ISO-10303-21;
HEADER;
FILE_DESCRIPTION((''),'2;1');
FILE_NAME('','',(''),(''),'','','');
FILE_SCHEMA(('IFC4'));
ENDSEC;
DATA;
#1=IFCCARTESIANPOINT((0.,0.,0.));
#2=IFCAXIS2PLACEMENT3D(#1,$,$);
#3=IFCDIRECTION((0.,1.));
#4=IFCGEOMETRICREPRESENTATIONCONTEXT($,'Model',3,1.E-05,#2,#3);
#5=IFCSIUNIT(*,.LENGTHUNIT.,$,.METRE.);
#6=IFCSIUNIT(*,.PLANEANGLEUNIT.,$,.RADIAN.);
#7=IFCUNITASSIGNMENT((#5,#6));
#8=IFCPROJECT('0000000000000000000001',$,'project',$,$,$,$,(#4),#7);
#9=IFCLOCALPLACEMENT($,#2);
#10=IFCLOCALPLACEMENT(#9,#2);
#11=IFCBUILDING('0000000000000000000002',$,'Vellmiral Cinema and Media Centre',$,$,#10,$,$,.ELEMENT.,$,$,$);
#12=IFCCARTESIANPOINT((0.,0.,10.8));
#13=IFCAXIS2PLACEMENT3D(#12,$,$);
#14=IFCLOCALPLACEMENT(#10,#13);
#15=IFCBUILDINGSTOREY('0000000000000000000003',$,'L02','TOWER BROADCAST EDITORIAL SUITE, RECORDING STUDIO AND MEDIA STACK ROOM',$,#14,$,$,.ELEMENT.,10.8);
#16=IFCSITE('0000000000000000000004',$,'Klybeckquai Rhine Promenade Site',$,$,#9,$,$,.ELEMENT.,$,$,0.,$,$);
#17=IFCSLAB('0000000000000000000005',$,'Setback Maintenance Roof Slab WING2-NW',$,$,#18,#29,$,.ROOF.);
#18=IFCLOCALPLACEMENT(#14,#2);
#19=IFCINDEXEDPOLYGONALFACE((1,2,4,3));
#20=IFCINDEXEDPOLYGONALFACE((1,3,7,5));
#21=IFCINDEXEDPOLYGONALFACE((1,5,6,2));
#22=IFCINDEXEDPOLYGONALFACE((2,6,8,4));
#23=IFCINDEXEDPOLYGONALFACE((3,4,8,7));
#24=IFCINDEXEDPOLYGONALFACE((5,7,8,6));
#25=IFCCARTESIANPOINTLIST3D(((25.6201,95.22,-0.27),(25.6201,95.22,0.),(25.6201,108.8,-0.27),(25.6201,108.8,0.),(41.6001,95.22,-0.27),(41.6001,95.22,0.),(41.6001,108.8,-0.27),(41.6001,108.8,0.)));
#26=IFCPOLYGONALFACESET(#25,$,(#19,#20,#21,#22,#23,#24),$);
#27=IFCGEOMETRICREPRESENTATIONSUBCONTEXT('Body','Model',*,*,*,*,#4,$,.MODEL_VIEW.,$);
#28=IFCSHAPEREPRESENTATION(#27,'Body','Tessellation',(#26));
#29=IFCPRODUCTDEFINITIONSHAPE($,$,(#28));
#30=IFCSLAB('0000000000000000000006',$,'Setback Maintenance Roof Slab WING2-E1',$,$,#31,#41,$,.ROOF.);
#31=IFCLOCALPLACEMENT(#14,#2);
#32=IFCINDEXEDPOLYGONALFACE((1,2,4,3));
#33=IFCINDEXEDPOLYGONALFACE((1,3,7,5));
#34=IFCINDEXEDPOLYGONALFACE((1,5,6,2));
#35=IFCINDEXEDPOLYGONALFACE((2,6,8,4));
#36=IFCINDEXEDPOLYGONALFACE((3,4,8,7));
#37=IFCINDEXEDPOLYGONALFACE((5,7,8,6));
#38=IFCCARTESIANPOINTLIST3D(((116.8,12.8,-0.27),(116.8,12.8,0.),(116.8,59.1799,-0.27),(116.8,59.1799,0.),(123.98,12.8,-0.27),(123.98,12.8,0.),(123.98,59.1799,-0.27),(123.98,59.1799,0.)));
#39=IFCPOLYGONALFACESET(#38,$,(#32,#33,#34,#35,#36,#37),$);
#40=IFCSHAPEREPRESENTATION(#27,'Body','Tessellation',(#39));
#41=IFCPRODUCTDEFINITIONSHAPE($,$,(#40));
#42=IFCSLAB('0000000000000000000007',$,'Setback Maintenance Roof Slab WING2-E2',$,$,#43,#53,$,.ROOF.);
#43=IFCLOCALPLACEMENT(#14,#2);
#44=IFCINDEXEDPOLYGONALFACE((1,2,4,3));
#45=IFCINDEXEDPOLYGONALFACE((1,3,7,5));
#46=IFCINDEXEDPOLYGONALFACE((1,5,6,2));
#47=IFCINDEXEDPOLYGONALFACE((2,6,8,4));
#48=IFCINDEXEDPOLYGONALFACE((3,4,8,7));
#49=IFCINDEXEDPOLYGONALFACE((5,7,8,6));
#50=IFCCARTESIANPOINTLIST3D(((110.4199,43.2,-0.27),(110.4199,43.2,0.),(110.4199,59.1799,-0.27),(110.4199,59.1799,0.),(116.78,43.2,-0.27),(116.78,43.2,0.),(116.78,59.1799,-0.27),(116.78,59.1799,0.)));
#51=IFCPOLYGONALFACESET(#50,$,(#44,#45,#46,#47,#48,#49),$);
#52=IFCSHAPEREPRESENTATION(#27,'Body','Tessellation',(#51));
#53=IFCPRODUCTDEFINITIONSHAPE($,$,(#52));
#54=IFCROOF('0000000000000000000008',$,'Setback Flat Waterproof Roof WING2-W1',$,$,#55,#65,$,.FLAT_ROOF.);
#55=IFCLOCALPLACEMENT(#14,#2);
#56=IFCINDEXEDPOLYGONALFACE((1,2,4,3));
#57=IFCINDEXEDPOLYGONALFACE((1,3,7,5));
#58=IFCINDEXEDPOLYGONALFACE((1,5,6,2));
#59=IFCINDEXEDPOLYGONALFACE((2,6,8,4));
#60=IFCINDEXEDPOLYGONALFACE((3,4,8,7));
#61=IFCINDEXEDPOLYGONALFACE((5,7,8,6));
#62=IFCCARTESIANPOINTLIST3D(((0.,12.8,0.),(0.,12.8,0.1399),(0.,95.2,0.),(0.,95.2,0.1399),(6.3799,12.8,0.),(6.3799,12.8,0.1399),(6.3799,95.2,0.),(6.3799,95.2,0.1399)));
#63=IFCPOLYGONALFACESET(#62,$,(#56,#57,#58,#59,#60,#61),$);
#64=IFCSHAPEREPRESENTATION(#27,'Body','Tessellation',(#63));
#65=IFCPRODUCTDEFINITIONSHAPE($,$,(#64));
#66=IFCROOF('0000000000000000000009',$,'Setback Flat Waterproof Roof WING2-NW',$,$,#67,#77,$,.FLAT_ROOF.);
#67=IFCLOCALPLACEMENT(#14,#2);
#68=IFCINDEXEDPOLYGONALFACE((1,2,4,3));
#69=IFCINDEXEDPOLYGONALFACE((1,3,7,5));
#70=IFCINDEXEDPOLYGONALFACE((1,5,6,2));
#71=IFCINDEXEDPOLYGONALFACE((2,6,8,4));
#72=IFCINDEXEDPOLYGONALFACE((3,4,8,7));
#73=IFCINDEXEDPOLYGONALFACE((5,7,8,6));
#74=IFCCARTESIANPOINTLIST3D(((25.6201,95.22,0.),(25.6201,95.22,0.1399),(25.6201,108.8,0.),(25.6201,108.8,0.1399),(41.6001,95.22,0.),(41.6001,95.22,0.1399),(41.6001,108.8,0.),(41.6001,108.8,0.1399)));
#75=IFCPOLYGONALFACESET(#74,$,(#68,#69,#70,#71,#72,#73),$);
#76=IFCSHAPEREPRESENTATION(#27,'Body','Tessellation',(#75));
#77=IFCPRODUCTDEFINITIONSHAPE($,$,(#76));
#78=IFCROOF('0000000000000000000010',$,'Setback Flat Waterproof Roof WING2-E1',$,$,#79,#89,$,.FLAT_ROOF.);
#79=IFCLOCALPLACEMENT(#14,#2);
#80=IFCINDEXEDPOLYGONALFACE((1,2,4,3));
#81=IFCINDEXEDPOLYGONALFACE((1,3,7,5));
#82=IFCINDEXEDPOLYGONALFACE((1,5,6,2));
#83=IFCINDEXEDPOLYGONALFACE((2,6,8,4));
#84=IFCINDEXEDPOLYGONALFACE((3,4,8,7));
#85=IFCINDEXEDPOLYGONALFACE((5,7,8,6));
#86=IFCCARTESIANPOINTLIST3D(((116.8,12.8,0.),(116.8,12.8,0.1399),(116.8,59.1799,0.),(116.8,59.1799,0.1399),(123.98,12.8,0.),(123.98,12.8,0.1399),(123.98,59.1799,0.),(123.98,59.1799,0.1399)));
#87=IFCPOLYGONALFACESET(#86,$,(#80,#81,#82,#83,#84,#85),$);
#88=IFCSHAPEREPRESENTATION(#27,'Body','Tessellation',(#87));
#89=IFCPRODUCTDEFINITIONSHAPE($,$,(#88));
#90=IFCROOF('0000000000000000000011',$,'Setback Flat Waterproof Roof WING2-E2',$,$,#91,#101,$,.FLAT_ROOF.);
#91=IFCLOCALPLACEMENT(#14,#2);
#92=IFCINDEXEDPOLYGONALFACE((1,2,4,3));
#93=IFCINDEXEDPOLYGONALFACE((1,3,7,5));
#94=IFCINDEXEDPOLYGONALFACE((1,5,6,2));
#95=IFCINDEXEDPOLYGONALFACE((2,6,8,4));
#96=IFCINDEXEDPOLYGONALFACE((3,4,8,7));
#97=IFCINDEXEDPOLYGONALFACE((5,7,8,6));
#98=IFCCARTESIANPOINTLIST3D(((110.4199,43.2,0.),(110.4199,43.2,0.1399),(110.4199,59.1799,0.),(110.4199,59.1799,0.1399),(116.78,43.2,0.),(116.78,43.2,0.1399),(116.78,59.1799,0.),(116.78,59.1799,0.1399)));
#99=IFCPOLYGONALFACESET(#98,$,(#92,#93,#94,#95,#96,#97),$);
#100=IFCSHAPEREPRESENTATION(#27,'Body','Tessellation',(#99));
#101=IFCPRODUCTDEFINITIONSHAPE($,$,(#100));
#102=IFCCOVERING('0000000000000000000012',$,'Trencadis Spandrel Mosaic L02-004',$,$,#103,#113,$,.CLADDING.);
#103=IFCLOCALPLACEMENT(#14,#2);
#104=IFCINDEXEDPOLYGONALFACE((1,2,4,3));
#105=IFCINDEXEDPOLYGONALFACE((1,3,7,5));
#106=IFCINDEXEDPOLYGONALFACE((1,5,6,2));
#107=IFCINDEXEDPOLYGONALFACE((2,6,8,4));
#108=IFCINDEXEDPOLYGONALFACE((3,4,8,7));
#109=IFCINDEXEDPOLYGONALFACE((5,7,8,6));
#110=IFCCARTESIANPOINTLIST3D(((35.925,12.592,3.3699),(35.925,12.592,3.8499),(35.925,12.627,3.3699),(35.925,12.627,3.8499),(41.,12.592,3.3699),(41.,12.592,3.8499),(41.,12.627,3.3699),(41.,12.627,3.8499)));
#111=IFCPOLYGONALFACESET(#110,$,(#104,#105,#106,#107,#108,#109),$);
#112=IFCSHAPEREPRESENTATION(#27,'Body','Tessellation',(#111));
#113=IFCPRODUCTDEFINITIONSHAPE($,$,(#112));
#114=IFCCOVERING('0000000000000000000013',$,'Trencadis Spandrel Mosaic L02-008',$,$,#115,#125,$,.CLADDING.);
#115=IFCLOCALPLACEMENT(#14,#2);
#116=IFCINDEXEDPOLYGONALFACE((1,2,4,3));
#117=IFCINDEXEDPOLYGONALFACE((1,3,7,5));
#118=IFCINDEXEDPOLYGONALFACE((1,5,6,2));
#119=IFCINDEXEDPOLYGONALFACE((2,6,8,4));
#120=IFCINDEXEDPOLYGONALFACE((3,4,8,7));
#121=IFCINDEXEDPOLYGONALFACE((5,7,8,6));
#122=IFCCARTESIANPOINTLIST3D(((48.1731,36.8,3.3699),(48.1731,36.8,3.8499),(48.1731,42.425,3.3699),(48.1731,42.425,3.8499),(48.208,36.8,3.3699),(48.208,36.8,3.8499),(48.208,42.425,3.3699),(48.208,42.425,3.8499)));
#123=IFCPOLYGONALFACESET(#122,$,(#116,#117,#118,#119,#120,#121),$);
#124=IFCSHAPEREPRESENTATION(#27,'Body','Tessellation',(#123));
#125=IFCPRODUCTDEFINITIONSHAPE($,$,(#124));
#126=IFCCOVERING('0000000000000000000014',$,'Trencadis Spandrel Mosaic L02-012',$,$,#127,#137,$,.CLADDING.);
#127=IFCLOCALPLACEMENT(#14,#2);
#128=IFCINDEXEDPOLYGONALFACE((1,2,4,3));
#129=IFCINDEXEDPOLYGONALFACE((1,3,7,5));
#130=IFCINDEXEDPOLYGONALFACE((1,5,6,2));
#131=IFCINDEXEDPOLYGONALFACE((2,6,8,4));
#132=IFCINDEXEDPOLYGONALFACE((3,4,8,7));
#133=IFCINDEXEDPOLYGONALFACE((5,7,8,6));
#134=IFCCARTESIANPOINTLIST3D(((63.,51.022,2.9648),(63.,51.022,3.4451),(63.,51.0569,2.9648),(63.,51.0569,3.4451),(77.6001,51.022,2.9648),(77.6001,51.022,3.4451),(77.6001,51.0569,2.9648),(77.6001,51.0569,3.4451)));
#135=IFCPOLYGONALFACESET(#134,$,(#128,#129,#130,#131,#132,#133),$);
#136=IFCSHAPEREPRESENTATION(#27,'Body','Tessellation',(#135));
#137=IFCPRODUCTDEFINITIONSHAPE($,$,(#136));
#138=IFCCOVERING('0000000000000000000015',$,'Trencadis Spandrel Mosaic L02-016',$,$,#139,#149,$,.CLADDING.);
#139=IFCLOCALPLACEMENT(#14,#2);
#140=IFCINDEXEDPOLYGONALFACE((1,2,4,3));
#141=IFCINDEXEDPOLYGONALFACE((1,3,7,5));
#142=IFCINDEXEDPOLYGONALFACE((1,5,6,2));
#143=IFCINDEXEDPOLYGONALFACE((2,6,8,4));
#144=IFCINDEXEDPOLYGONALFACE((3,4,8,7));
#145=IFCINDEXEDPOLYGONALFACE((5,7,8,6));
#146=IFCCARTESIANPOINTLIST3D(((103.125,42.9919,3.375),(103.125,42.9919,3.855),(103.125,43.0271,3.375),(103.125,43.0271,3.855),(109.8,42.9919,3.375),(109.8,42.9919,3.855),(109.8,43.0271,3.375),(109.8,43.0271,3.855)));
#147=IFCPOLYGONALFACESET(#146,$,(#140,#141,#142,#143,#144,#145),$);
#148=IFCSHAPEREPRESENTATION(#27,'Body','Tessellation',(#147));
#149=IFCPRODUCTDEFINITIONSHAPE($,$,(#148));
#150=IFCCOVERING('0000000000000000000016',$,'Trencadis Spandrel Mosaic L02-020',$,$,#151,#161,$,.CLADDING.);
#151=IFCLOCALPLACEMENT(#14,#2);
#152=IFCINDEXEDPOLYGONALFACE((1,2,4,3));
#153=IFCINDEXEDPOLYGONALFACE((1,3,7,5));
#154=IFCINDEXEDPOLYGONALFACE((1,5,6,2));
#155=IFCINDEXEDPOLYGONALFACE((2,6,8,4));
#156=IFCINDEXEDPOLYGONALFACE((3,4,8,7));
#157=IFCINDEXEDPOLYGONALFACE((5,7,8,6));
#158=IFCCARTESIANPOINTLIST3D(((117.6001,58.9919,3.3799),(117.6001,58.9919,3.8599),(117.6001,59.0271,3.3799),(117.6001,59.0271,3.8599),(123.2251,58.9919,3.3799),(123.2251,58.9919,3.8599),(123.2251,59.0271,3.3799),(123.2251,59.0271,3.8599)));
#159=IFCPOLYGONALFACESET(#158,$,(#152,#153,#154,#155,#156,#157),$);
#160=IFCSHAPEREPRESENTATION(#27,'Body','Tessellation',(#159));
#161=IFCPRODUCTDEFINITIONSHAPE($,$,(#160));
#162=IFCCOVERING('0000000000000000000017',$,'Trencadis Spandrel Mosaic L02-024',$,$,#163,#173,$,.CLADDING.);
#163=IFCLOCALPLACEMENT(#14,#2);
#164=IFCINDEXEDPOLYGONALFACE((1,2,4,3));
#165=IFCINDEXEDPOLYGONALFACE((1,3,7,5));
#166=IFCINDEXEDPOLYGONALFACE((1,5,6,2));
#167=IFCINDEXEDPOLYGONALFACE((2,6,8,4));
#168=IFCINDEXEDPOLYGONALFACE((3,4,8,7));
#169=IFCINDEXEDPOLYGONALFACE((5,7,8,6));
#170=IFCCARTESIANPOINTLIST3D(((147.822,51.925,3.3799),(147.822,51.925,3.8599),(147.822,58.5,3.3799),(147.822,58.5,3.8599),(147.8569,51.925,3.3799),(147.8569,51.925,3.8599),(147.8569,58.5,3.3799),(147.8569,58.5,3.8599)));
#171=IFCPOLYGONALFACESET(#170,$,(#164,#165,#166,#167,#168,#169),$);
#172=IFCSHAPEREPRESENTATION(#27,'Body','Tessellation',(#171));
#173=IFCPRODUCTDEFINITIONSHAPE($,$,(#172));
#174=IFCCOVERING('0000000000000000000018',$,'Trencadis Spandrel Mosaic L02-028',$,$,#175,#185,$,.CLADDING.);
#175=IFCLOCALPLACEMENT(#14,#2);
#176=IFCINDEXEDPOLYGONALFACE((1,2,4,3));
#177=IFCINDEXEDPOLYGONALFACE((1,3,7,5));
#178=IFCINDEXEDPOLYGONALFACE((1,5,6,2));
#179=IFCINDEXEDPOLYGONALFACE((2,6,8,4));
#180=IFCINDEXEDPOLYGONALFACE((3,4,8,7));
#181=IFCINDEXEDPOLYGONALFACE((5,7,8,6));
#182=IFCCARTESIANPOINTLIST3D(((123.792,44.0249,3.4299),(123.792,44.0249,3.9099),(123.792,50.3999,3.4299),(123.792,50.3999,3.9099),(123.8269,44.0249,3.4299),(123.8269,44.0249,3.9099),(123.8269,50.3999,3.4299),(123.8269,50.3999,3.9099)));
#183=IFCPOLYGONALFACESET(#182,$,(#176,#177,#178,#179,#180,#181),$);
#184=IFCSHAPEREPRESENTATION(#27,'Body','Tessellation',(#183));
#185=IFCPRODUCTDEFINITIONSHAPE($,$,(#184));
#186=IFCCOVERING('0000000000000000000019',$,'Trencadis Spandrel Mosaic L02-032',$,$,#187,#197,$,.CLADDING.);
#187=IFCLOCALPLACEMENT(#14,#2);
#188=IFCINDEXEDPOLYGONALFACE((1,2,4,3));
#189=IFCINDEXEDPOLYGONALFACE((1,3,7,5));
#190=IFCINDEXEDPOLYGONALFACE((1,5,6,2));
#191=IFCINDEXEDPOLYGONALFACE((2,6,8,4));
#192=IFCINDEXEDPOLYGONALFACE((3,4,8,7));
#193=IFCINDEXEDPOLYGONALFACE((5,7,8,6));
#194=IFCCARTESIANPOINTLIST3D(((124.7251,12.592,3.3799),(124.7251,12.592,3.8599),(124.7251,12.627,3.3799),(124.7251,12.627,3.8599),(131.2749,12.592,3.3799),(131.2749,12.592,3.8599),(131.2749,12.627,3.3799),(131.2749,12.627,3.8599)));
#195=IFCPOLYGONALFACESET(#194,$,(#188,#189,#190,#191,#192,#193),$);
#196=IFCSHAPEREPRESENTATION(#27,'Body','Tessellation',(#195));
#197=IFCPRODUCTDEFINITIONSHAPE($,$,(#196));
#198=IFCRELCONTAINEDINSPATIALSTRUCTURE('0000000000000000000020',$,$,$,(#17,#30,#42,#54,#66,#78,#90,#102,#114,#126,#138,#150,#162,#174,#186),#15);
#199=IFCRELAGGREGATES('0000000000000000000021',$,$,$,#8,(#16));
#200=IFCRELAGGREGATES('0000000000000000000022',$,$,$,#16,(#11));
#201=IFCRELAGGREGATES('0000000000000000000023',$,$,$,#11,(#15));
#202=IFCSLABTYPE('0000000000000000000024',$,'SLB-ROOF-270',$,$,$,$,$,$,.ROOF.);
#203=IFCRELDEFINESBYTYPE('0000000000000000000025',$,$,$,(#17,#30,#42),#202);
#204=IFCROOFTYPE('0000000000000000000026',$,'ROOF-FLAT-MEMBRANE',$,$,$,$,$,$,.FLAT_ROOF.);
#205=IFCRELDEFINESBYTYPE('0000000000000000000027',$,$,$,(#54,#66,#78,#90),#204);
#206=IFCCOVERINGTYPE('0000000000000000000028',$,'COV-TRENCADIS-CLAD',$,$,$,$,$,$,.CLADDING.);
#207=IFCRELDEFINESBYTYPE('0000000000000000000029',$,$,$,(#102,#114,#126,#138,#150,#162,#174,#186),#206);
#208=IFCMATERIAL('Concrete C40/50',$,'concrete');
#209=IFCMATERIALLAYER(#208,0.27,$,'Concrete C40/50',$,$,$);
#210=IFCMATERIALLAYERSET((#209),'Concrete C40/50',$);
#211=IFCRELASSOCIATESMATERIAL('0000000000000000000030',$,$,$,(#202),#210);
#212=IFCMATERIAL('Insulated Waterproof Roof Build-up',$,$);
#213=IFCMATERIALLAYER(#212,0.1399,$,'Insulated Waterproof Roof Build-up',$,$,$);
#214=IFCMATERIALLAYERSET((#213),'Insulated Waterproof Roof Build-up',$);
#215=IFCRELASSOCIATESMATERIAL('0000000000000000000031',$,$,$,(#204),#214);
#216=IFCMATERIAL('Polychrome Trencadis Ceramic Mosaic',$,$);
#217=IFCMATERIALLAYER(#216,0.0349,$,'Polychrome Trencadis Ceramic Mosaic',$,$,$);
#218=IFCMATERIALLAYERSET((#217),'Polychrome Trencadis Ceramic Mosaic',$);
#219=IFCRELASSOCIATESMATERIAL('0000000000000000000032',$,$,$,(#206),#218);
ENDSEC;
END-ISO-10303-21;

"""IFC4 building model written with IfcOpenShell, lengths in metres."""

from ifc_helpers import new_model, si_unit, direction, frame, origin, place, context, subcontext, project, spatial, polyline, outline, extrude, material, layer, layer_set, type_object, element, save


model = new_model("IFC4")

# Units and contexts
model_context = context("Model", 3, precision=1e-05, world=origin(), true_north=direction((0.0, 1.0)))
body_context = subcontext(model_context, "Body", "Model", "MODEL_VIEW")
ifc_project = project(units=[si_unit("LENGTHUNIT", "METRE"), si_unit("PLANEANGLEUNIT", "RADIAN")], contexts=[model_context])

# Site, building, storey
site_placement = place(None, origin())
site = spatial("IfcSite", under=ifc_project, at=site_placement, Name="Klybeckquai Rhine Promenade Site", CompositionType="ELEMENT", RefElevation=0.0)
building_placement = place(site_placement, origin())
building = spatial("IfcBuilding", under=site, at=building_placement, Name="Vellmiral Cinema and Media Centre", CompositionType="ELEMENT")
storey_placement = place(building_placement, frame((0.0, 0.0, 10.8)))
storey = spatial("IfcBuildingStorey", under=building, at=storey_placement, Name="L02", Description="TOWER BROADCAST EDITORIAL SUITE, RECORDING STUDIO AND MEDIA STACK ROOM", CompositionType="ELEMENT", Elevation=10.8)

# Slabs
ifc_material_1 = material(Name="Concrete C40/50", Category="concrete")
ifc_layer_1 = layer(ifc_material_1, 0.27, Name="Concrete C40/50")
ifc_layer_set_1 = layer_set([ifc_layer_1], Name="Concrete C40/50")
slab_type_1 = type_object("IfcSlabType", Name="SLB-ROOF-270", PredefinedType="ROOF", material=ifc_layer_set_1)
slab_1_placement = place(storey_placement, frame((0.0, 0.0, -0.27)))
element("IfcSlab", 1, at=slab_1_placement, inside=storey, type_object=slab_type_1, Name="Setback Maintenance Roof Slab WING2-NW", PredefinedType="ROOF", context=body_context, shape_type="SweptSolid", body=[
    extrude(outline(polyline([(25.6201, 95.22), (41.6001, 95.22), (41.6001, 108.8), (25.6201, 108.8), (25.6201, 95.22)])), origin(), (0.0, 0.0, 1.0), 0.27),
])
slab_2_placement = place(storey_placement, frame((0.0, 0.0, -0.27)))
element("IfcSlab", 2, at=slab_2_placement, inside=storey, type_object=slab_type_1, Name="Setback Maintenance Roof Slab WING2-E1", PredefinedType="ROOF", context=body_context, shape_type="SweptSolid", body=[
    extrude(outline(polyline([(116.8, 12.8), (123.98, 12.8), (123.98, 59.1799), (116.8, 59.1799), (116.8, 12.8)])), origin(), (0.0, 0.0, 1.0), 0.27),
])
slab_3_placement = place(storey_placement, frame((0.0, 0.0, -0.27)))
element("IfcSlab", 3, at=slab_3_placement, inside=storey, type_object=slab_type_1, Name="Setback Maintenance Roof Slab WING2-E2", PredefinedType="ROOF", context=body_context, shape_type="SweptSolid", body=[
    extrude(outline(polyline([(110.4199, 43.2), (116.78, 43.2), (116.78, 59.1799), (110.4199, 59.1799), (110.4199, 43.2)])), origin(), (0.0, 0.0, 1.0), 0.27),
])

# Roofs
ifc_material_2 = material(Name="Insulated Waterproof Roof Build-up")
ifc_layer_2 = layer(ifc_material_2, 0.1399, Name="Insulated Waterproof Roof Build-up")
ifc_layer_set_2 = layer_set([ifc_layer_2], Name="Insulated Waterproof Roof Build-up")
roof_type = type_object("IfcRoofType", Name="ROOF-FLAT-MEMBRANE", PredefinedType="FLAT_ROOF", material=ifc_layer_set_2)
roof_1_placement = place(storey_placement, origin())
element("IfcRoof", 4, at=roof_1_placement, inside=storey, type_object=roof_type, Name="Setback Flat Waterproof Roof WING2-W1", PredefinedType="FLAT_ROOF", context=body_context, shape_type="SweptSolid", body=[
    extrude(outline(polyline([(0.0, 12.8), (6.3799, 12.8), (6.3799, 95.2), (0.0, 95.2), (0.0, 12.8)])), origin(), (0.0, 0.0, 1.0), 0.1399),
])
roof_2_placement = place(storey_placement, origin())
element("IfcRoof", 5, at=roof_2_placement, inside=storey, type_object=roof_type, Name="Setback Flat Waterproof Roof WING2-NW", PredefinedType="FLAT_ROOF", context=body_context, shape_type="SweptSolid", body=[
    extrude(outline(polyline([(25.6201, 95.22), (41.6001, 95.22), (41.6001, 108.8), (25.6201, 108.8), (25.6201, 95.22)])), origin(), (0.0, 0.0, 1.0), 0.1399),
])
roof_3_placement = place(storey_placement, origin())
element("IfcRoof", 6, at=roof_3_placement, inside=storey, type_object=roof_type, Name="Setback Flat Waterproof Roof WING2-E1", PredefinedType="FLAT_ROOF", context=body_context, shape_type="SweptSolid", body=[
    extrude(outline(polyline([(116.8, 12.8), (123.98, 12.8), (123.98, 59.1799), (116.8, 59.1799), (116.8, 12.8)])), origin(), (0.0, 0.0, 1.0), 0.1399),
])
roof_4_placement = place(storey_placement, origin())
element("IfcRoof", 7, at=roof_4_placement, inside=storey, type_object=roof_type, Name="Setback Flat Waterproof Roof WING2-E2", PredefinedType="FLAT_ROOF", context=body_context, shape_type="SweptSolid", body=[
    extrude(outline(polyline([(110.4199, 43.2), (116.78, 43.2), (116.78, 59.1799), (110.4199, 59.1799), (110.4199, 43.2)])), origin(), (0.0, 0.0, 1.0), 0.1399),
])

# Coverings
ifc_material_3 = material(Name="Polychrome Trencadis Ceramic Mosaic")
ifc_layer_3 = layer(ifc_material_3, 0.0349, Name="Polychrome Trencadis Ceramic Mosaic")
ifc_layer_set_3 = layer_set([ifc_layer_3], Name="Polychrome Trencadis Ceramic Mosaic")
covering_type = type_object("IfcCoveringType", Name="COV-TRENCADIS-CLAD", PredefinedType="CLADDING", material=ifc_layer_set_3)
covering_1_placement = place(storey_placement, frame((0.0, 0.0, 3.3699)))
element("IfcCovering", 8, at=covering_1_placement, inside=storey, type_object=covering_type, Name="Trencadis Spandrel Mosaic L02-004", PredefinedType="CLADDING", context=body_context, shape_type="SweptSolid", body=[
    extrude(outline(polyline([(35.925, 12.592), (41.0, 12.592), (41.0, 12.627), (35.925, 12.627), (35.925, 12.592)])), origin(), (0.0, 0.0, 1.0), 0.48),
])
covering_2_placement = place(storey_placement, frame((0.0, 0.0, 3.3699)))
element("IfcCovering", 9, at=covering_2_placement, inside=storey, type_object=covering_type, Name="Trencadis Spandrel Mosaic L02-008", PredefinedType="CLADDING", context=body_context, shape_type="SweptSolid", body=[
    extrude(outline(polyline([(48.208, 36.8), (48.208, 42.425), (48.1731, 42.425), (48.1731, 36.8), (48.208, 36.8)])), origin(), (0.0, 0.0, 1.0), 0.48),
])
covering_3_placement = place(storey_placement, frame((0.0, 0.0, 2.9648)))
element("IfcCovering", 10, at=covering_3_placement, inside=storey, type_object=covering_type, Name="Trencadis Spandrel Mosaic L02-012", PredefinedType="CLADDING", context=body_context, shape_type="SweptSolid", body=[
    extrude(outline(polyline([(63.0, 51.022), (77.6001, 51.022), (77.6001, 51.0569), (63.0, 51.0569), (63.0, 51.022)])), origin(), (0.0, 0.0, 1.0), 0.4802),
])
covering_4_placement = place(storey_placement, frame((0.0, 0.0, 3.375)))
element("IfcCovering", 11, at=covering_4_placement, inside=storey, type_object=covering_type, Name="Trencadis Spandrel Mosaic L02-016", PredefinedType="CLADDING", context=body_context, shape_type="SweptSolid", body=[
    extrude(outline(polyline([(103.125, 42.9919), (109.8, 42.9919), (109.8, 43.0271), (103.125, 43.0271), (103.125, 42.9919)])), origin(), (0.0, 0.0, 1.0), 0.48),
])
covering_5_placement = place(storey_placement, frame((0.0, 0.0, 3.3799)))
element("IfcCovering", 12, at=covering_5_placement, inside=storey, type_object=covering_type, Name="Trencadis Spandrel Mosaic L02-020", PredefinedType="CLADDING", context=body_context, shape_type="SweptSolid", body=[
    extrude(outline(polyline([(117.6001, 58.9919), (123.2251, 58.9919), (123.2251, 59.0271), (117.6001, 59.0271), (117.6001, 58.9919)])), origin(), (0.0, 0.0, 1.0), 0.48),
])
covering_6_placement = place(storey_placement, frame((0.0, 0.0, 3.3799)))
element("IfcCovering", 13, at=covering_6_placement, inside=storey, type_object=covering_type, Name="Trencadis Spandrel Mosaic L02-024", PredefinedType="CLADDING", context=body_context, shape_type="SweptSolid", body=[
    extrude(outline(polyline([(147.822, 58.5), (147.822, 51.925), (147.8569, 51.925), (147.8569, 58.5), (147.822, 58.5)])), origin(), (0.0, 0.0, 1.0), 0.48),
])
covering_7_placement = place(storey_placement, frame((0.0, 0.0, 3.4299)))
element("IfcCovering", 14, at=covering_7_placement, inside=storey, type_object=covering_type, Name="Trencadis Spandrel Mosaic L02-028", PredefinedType="CLADDING", context=body_context, shape_type="SweptSolid", body=[
    extrude(outline(polyline([(123.792, 50.3999), (123.792, 44.0249), (123.8269, 44.0249), (123.8269, 50.3999), (123.792, 50.3999)])), origin(), (0.0, 0.0, 1.0), 0.48),
])
covering_8_placement = place(storey_placement, frame((0.0, 0.0, 3.3799)))
element("IfcCovering", 15, at=covering_8_placement, inside=storey, type_object=covering_type, Name="Trencadis Spandrel Mosaic L02-032", PredefinedType="CLADDING", context=body_context, shape_type="SweptSolid", body=[
    extrude(outline(polyline([(124.7251, 12.592), (131.2749, 12.592), (131.2749, 12.627), (124.7251, 12.627), (124.7251, 12.592)])), origin(), (0.0, 0.0, 1.0), 0.48),
])

save(model, "model.ifc")
